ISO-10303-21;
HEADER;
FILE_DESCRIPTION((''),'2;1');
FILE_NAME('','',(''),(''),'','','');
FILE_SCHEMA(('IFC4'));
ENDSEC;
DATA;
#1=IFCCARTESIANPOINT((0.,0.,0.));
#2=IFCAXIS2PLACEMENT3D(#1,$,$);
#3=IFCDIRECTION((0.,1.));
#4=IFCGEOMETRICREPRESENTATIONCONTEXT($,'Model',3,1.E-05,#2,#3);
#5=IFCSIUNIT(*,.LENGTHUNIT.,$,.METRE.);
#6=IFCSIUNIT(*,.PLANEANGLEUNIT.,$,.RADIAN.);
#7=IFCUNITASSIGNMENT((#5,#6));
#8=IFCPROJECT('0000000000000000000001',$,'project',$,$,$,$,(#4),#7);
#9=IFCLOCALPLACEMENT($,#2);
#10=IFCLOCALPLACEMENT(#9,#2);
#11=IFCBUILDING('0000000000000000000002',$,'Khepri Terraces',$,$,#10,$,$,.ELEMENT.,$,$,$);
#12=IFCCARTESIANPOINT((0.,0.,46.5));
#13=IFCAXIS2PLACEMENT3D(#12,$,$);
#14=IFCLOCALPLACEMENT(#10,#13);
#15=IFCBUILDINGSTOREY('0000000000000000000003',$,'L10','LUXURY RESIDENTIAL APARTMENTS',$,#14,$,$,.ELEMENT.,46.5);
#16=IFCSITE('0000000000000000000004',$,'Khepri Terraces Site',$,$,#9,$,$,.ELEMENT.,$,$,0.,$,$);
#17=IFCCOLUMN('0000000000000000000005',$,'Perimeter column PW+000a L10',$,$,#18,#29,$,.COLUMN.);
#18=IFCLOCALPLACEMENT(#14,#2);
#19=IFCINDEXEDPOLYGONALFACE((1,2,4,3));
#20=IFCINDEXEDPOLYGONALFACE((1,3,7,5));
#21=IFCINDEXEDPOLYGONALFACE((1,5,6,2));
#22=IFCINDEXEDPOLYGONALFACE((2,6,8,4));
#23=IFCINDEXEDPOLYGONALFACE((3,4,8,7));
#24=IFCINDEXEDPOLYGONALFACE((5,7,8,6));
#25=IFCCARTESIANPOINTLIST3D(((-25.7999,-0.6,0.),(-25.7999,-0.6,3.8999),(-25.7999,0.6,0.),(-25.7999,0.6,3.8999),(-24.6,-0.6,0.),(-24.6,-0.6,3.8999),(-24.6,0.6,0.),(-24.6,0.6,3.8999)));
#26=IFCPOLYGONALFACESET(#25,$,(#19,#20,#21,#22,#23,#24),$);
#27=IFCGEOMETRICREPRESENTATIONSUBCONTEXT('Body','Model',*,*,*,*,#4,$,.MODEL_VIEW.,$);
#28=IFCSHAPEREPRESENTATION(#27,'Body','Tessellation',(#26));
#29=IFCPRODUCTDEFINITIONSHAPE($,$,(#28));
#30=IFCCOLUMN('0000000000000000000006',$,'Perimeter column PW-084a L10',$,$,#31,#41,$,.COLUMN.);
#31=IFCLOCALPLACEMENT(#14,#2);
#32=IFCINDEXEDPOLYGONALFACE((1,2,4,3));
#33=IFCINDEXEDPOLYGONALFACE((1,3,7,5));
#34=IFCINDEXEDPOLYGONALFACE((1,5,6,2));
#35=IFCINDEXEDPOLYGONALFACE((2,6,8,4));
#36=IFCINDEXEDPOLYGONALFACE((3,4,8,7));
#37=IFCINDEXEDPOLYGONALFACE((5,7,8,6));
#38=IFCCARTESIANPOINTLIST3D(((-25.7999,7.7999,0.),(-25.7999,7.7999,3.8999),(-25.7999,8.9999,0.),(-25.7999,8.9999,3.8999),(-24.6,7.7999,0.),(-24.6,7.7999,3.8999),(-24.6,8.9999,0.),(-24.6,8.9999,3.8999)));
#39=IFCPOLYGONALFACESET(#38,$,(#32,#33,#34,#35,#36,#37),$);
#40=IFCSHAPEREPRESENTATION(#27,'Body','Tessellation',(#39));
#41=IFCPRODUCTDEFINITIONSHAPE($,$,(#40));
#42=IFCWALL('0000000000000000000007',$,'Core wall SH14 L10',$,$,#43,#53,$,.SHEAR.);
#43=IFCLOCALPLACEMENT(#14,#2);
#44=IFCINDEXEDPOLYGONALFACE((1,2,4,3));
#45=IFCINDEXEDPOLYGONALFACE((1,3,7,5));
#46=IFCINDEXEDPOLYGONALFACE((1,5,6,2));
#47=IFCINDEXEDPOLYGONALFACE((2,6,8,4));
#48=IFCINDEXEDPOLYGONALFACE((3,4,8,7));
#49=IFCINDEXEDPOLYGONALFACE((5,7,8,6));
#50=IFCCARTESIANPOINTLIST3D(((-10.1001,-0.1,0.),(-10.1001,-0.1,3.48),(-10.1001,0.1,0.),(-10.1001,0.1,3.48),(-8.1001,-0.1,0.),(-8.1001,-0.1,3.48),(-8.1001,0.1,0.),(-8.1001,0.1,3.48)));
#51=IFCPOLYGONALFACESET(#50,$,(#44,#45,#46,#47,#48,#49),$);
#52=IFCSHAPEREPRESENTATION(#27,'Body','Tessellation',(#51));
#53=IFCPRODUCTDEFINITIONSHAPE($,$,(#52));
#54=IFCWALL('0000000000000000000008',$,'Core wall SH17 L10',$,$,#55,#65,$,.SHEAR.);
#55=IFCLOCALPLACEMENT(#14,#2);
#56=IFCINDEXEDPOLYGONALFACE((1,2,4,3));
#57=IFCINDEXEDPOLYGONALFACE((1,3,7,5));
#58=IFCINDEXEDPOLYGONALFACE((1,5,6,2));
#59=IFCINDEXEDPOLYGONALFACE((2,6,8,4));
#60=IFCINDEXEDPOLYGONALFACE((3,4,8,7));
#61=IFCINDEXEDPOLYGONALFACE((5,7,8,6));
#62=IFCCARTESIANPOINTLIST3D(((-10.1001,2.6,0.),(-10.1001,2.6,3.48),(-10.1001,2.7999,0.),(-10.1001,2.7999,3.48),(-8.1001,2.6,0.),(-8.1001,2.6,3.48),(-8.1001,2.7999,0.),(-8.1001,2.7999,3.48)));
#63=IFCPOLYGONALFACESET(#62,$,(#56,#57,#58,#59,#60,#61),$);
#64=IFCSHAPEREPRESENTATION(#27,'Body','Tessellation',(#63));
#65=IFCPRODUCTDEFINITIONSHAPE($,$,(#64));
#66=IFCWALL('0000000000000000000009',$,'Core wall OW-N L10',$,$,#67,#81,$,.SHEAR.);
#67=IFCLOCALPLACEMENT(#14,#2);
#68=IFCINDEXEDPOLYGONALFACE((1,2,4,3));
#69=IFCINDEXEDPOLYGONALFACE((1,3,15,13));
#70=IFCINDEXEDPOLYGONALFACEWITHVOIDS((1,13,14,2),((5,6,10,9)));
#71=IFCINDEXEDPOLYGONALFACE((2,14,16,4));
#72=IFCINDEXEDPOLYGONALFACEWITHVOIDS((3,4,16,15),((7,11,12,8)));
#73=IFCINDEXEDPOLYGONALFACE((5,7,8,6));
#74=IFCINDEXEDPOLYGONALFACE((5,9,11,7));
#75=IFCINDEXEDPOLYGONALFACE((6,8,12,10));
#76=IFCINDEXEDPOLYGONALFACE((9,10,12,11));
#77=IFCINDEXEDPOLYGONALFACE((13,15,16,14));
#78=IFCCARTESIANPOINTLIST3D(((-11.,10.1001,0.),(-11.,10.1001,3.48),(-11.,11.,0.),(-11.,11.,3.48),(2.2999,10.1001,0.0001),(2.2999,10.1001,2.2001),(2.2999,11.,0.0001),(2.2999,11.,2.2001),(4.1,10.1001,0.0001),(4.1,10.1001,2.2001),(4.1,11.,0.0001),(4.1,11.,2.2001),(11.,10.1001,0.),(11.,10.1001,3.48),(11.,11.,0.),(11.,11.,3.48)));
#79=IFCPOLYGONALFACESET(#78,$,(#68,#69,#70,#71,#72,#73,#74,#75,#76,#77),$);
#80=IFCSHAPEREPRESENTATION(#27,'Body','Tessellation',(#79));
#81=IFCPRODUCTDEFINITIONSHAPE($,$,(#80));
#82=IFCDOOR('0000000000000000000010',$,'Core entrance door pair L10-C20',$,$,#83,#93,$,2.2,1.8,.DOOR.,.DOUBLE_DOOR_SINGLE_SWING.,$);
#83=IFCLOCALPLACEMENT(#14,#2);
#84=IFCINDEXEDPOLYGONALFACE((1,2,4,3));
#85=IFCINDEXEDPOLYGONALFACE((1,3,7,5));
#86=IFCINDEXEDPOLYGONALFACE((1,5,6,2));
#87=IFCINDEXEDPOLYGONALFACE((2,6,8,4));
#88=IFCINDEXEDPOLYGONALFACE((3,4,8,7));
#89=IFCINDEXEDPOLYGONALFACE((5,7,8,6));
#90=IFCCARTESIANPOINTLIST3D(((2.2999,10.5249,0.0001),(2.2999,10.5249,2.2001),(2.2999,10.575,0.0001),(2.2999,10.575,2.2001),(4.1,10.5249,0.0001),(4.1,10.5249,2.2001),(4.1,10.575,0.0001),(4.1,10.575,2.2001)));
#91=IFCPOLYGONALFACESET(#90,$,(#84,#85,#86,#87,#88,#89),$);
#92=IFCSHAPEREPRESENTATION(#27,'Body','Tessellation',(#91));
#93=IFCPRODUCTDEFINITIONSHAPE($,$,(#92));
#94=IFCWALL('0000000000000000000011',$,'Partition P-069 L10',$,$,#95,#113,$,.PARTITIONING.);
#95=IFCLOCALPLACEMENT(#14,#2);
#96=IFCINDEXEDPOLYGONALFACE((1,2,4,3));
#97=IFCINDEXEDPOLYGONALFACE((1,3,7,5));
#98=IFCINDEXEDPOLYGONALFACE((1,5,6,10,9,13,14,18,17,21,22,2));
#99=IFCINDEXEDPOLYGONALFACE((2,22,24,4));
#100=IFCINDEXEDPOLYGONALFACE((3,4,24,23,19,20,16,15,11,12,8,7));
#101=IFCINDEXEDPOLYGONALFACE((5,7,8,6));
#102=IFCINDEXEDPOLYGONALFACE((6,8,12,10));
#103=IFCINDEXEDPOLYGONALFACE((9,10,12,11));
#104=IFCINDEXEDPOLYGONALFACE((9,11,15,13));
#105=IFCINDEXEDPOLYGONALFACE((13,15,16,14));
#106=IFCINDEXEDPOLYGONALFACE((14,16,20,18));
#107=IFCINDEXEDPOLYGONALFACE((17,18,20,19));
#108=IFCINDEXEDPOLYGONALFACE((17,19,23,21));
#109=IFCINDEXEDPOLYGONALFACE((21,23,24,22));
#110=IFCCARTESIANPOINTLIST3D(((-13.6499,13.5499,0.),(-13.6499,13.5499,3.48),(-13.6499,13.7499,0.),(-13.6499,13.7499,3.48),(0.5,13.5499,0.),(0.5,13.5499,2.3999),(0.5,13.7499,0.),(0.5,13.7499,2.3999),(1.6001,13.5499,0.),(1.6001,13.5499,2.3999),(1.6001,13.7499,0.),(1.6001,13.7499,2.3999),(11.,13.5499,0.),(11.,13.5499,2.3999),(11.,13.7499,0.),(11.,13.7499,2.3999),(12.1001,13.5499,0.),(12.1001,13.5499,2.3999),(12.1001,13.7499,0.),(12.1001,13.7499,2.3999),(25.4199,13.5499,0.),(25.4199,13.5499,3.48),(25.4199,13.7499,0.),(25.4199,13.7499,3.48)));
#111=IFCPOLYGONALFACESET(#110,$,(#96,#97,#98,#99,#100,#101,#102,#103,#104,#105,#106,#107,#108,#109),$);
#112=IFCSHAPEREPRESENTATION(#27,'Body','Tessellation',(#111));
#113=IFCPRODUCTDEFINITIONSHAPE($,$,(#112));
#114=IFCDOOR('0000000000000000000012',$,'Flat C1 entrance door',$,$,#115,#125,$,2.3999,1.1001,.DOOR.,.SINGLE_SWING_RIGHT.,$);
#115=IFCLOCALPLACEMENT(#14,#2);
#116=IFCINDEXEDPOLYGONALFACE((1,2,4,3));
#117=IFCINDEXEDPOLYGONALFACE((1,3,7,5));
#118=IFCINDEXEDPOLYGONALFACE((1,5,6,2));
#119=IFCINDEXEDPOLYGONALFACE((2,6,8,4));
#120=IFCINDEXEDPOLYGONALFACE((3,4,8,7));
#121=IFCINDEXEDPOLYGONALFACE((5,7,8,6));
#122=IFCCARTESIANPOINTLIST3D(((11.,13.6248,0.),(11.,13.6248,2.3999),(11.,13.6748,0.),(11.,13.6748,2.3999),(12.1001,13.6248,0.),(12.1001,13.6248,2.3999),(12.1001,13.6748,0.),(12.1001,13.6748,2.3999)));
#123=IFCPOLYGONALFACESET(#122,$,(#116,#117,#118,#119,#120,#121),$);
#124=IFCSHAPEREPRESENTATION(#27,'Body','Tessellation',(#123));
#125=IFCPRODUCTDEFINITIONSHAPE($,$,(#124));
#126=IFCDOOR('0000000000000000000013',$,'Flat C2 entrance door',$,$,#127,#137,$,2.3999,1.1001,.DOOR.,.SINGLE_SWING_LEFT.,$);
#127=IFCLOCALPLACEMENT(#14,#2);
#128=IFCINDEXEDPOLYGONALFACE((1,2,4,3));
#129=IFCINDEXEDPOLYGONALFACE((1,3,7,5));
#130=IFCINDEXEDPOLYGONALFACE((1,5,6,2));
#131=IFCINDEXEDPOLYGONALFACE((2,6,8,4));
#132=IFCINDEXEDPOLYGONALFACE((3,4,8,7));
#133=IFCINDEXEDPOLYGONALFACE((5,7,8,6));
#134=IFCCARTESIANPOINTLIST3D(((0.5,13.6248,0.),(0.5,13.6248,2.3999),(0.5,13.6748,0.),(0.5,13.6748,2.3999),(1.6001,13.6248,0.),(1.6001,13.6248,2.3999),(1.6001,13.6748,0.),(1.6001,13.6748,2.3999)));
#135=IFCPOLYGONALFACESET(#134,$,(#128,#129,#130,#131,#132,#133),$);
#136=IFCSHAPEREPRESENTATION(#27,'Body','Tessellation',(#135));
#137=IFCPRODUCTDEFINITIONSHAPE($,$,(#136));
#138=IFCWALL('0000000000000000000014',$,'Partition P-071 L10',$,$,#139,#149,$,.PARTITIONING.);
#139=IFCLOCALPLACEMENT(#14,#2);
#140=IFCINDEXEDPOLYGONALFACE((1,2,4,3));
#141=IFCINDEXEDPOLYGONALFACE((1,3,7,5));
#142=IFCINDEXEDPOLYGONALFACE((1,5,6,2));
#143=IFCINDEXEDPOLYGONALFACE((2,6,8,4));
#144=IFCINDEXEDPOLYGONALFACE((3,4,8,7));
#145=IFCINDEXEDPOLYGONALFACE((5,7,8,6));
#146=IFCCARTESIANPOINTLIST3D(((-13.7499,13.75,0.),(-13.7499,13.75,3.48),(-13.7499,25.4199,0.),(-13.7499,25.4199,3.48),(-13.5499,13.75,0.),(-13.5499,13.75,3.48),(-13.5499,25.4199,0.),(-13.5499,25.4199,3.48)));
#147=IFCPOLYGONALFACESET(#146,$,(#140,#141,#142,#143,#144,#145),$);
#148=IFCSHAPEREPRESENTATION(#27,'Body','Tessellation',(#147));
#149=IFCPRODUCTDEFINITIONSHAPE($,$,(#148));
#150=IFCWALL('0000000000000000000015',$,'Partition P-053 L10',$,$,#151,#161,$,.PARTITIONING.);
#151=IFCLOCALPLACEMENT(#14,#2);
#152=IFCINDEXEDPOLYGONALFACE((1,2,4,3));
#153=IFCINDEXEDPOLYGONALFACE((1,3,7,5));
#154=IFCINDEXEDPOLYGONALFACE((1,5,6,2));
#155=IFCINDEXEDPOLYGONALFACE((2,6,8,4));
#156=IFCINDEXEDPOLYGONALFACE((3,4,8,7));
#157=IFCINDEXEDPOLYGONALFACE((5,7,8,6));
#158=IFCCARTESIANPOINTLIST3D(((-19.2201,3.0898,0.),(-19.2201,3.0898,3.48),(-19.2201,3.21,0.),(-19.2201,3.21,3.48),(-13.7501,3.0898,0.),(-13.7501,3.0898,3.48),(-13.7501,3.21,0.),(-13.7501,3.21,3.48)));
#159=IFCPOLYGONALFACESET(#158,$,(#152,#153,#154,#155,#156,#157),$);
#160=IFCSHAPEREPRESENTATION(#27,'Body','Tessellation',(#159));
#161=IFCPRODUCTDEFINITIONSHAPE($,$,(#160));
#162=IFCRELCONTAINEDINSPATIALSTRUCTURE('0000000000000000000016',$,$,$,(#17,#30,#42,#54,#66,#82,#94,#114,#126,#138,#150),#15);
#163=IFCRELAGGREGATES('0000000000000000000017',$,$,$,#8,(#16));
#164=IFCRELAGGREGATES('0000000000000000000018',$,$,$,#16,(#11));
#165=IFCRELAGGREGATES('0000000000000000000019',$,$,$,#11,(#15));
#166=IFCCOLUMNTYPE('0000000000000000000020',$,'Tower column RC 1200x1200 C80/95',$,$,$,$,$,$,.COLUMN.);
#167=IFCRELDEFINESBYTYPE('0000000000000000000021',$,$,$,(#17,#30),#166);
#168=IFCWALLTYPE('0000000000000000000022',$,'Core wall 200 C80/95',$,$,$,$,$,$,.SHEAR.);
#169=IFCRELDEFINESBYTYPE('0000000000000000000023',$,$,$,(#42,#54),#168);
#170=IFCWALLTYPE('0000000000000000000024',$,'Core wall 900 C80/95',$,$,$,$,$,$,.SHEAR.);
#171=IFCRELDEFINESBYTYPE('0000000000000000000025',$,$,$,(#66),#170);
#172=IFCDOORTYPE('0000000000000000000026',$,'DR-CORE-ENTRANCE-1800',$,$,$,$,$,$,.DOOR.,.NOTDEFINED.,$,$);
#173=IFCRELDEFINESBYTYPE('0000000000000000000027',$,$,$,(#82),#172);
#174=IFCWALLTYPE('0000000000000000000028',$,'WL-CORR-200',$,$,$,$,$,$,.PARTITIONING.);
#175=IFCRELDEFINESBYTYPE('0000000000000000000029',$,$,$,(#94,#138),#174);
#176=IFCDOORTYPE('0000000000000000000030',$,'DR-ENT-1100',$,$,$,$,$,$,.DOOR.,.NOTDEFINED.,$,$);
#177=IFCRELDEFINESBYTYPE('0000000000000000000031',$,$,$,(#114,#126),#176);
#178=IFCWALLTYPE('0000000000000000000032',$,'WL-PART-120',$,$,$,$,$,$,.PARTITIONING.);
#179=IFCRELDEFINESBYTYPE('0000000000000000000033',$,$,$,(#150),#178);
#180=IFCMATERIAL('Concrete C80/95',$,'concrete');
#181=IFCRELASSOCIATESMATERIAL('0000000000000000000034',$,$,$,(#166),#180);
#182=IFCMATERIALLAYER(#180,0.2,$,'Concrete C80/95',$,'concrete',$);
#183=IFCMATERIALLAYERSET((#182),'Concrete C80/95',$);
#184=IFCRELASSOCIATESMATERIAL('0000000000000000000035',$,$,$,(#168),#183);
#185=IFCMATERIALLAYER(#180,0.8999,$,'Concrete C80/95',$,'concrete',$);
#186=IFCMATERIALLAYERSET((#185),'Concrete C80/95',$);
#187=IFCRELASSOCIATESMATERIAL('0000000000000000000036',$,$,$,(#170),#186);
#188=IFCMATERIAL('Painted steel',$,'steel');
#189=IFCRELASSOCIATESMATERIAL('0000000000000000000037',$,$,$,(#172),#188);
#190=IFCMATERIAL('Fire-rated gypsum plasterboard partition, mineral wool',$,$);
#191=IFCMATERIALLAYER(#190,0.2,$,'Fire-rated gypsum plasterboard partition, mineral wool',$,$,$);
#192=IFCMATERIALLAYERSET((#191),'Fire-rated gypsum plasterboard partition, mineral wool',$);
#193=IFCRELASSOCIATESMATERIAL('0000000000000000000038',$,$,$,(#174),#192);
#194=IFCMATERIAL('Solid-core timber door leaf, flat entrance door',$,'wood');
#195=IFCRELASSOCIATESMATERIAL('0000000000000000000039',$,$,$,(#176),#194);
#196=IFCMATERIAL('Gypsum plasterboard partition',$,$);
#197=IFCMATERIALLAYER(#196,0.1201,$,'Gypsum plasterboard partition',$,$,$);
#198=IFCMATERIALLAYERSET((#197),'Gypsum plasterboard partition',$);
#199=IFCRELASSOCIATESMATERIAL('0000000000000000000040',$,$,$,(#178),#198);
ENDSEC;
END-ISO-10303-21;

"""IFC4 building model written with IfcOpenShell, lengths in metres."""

from ifc_helpers import new_model, si_unit, direction, frame, frame_2d, origin, origin_2d, place, context, subcontext, project, spatial, rectangle, extrude, material, layer, layer_set, material_profile, profile_set, type_object, element, fill, save


model = new_model("IFC4")

# Units and contexts
model_context = context("Model", 3, precision=1e-05, world=origin(), true_north=direction((0.0, 1.0)))
body_context = subcontext(model_context, "Body", "Model", "MODEL_VIEW")
ifc_project = project(units=[si_unit("LENGTHUNIT", "METRE"), si_unit("PLANEANGLEUNIT", "RADIAN")], contexts=[model_context])

# Site, building, storey
site_placement = place(None, origin())
site = spatial("IfcSite", under=ifc_project, at=site_placement, Name="Khepri Terraces Site", CompositionType="ELEMENT", RefElevation=0.0)
building_placement = place(site_placement, origin())
building = spatial("IfcBuilding", under=site, at=building_placement, Name="Khepri Terraces", CompositionType="ELEMENT")
storey_placement = place(building_placement, frame((0.0, 0.0, 46.5)))
storey = spatial("IfcBuildingStorey", under=building, at=storey_placement, Name="L10", Description="LUXURY RESIDENTIAL APARTMENTS", CompositionType="ELEMENT", Elevation=46.5)

# Columns
ifc_material_1 = material(Name="Concrete C80/95", Category="concrete")
ifc_material_profile = material_profile(ifc_material_1, rectangle(XDim=1.2, YDim=1.2, at=origin_2d()), Name="Concrete C80/95", Category="concrete")
ifc_profile_set = profile_set([ifc_material_profile], Name="Concrete C80/95")
column_type = type_object("IfcColumnType", Name="Tower column RC 1200x1200 C80/95", PredefinedType="COLUMN", material=ifc_profile_set)
for number, where, z_axis, x_axis, name in (
    (1, (-25.2, 0.0, 0.0), (0.0, 0.0, 1.0), (1.0, 0.0, 0.0), "Perimeter column PW+000a L10"),
    (2, (-25.2, 8.3999, 0.0), (0.0, 0.0, 1.0), (1.0, 0.0, 0.0), "Perimeter column PW-084a L10"),
):
    element("IfcColumn", number, at=place(storey_placement, frame(where, z_axis=z_axis, x_axis=x_axis)), inside=storey, type_object=column_type, Name=name, PredefinedType="COLUMN", context=body_context, shape_type="SweptSolid", body=[
        extrude(rectangle(XDim=1.2, YDim=1.2, at=origin_2d()), origin(), (0.0, 0.0, 1.0), 3.8999),
    ])

# Walls
ifc_layer_1 = layer(ifc_material_1, 0.2, Name="Concrete C80/95", Category="concrete")
ifc_layer_set_1 = layer_set([ifc_layer_1], Name="Concrete C80/95")
wall_type_1 = type_object("IfcWallType", Name="Core wall 200 C80/95", PredefinedType="SHEAR", material=ifc_layer_set_1)
for number, where, z_axis, x_axis, name in (
    (3, (-10.1001, 0.0, 0.0), (0.0, 0.0, 1.0), (1.0, 0.0, 0.0), "Core wall SH14 L10"),
    (4, (-10.1001, 2.7, 0.0), (0.0, 0.0, 1.0), (1.0, 0.0, 0.0), "Core wall SH17 L10"),
):
    element("IfcWall", number, at=place(storey_placement, frame(where, z_axis=z_axis, x_axis=x_axis)), inside=storey, type_object=wall_type_1, Name=name, PredefinedType="SHEAR", context=body_context, shape_type="SweptSolid", body=[
        extrude(rectangle(XDim=2.0, YDim=0.2, at=frame_2d((1.0, 0.0))), origin(), (0.0, 0.0, 1.0), 3.48),
    ])

# Wall, opening, door
ifc_layer_2 = layer(ifc_material_1, 0.8999, Name="Concrete C80/95", Category="concrete")
ifc_layer_set_2 = layer_set([ifc_layer_2], Name="Concrete C80/95")
wall_type_2 = type_object("IfcWallType", Name="Core wall 900 C80/95", PredefinedType="SHEAR", material=ifc_layer_set_2)
wall_1_placement = place(storey_placement, frame((-11.0, 10.55, 0.0), z_axis=(0.0, 0.0, 1.0), x_axis=(1.0, 0.0, 0.0)))
wall_1 = element("IfcWall", 5, at=wall_1_placement, inside=storey, type_object=wall_type_2, Name="Core wall OW-N L10", PredefinedType="SHEAR", context=body_context, shape_type="SweptSolid", body=[
    extrude(rectangle(XDim=22.0, YDim=0.8999, at=frame_2d((11.0, 0.0))), origin(), (0.0, 0.0, 1.0), 3.48),
])
opening_1_placement = place(wall_1_placement, frame((13.3, 0.0, 0.0)))
opening_1 = element("IfcOpeningElement", 6, at=opening_1_placement, cuts=wall_1, PredefinedType="OPENING", context=body_context, shape_type="SweptSolid", body=[
    extrude(rectangle(XDim=1.8, YDim=2.2, at=frame_2d((0.8999, 1.1001))), frame((0.0, 0.46, 0.0), z_axis=(0.0, -1.0, 0.0), x_axis=(1.0, 0.0, 0.0)), (0.0, 0.0, 1.0), 0.9199),
])
ifc_material_2 = material(Name="Painted steel", Category="steel")
door_type_1 = type_object("IfcDoorType", Name="DR-CORE-ENTRANCE-1800", OperationType="NOTDEFINED", PredefinedType="DOOR", material=ifc_material_2)
door_1_placement = place(opening_1_placement, origin())
door_1 = element("IfcDoor", 7, at=door_1_placement, inside=storey, type_object=door_type_1, Name="Core entrance door pair L10-C20", OperationType="DOUBLE_DOOR_SINGLE_SWING", OverallHeight=2.2, OverallWidth=1.8, PredefinedType="DOOR", context=body_context, shape_type="SweptSolid", body=[
    extrude(rectangle(XDim=1.8, YDim=2.2, at=frame_2d((0.8999, 1.1001))), frame((0.0, 0.0249, 0.0), z_axis=(0.0, -1.0, 0.0), x_axis=(1.0, 0.0, 0.0)), (0.0, 0.0, 1.0), 0.05),
])
fill(opening_1, door_1)

# Wall, openings, doors
ifc_material_3 = material(Name="Fire-rated gypsum plasterboard partition, mineral wool")
ifc_layer_3 = layer(ifc_material_3, 0.2, Name="Fire-rated gypsum plasterboard partition, mineral wool")
ifc_layer_set_3 = layer_set([ifc_layer_3], Name="Fire-rated gypsum plasterboard partition, mineral wool")
wall_type_3 = type_object("IfcWallType", Name="WL-CORR-200", PredefinedType="PARTITIONING", material=ifc_layer_set_3)
wall_2_placement = place(storey_placement, frame((-13.6499, 13.6499, 0.0), z_axis=(0.0, 0.0, 1.0), x_axis=(1.0, 0.0, 0.0)))
wall_2 = element("IfcWall", 8, at=wall_2_placement, inside=storey, type_object=wall_type_3, Name="Partition P-069 L10", PredefinedType="PARTITIONING", context=body_context, shape_type="SweptSolid", body=[
    extrude(rectangle(XDim=39.0698, YDim=0.2, at=frame_2d((19.5349, 0.0))), origin(), (0.0, 0.0, 1.0), 3.48),
])
opening_2_placement = place(wall_2_placement, frame((24.6499, 0.0, 0.0)))
opening_2 = element("IfcOpeningElement", 9, at=opening_2_placement, cuts=wall_2, PredefinedType="OPENING", context=body_context, shape_type="SweptSolid", body=[
    extrude(rectangle(XDim=1.1001, YDim=2.3999, at=frame_2d((0.55, 1.2))), frame((0.0, 0.1099, 0.0), z_axis=(0.0, -1.0, 0.0), x_axis=(1.0, 0.0, 0.0)), (0.0, 0.0, 1.0), 0.22),
])
opening_3_placement = place(wall_2_placement, frame((14.1499, 0.0, 0.0)))
opening_3 = element("IfcOpeningElement", 10, at=opening_3_placement, cuts=wall_2, PredefinedType="OPENING", context=body_context, shape_type="SweptSolid", body=[
    extrude(rectangle(XDim=1.1001, YDim=2.3999, at=frame_2d((0.55, 1.2))), frame((0.0, 0.1099, 0.0), z_axis=(0.0, -1.0, 0.0), x_axis=(1.0, 0.0, 0.0)), (0.0, 0.0, 1.0), 0.22),
])
ifc_material_4 = material(Name="Solid-core timber door leaf, flat entrance door", Category="wood")
door_type_2 = type_object("IfcDoorType", Name="DR-ENT-1100", OperationType="NOTDEFINED", PredefinedType="DOOR", material=ifc_material_4)
door_2_placement = place(opening_2_placement, origin())
door_2 = element("IfcDoor", 11, at=door_2_placement, inside=storey, type_object=door_type_2, Name="Flat C1 entrance door", OperationType="SINGLE_SWING_RIGHT", OverallHeight=2.3999, OverallWidth=1.1001, PredefinedType="DOOR", context=body_context, shape_type="SweptSolid", body=[
    extrude(rectangle(XDim=1.1001, YDim=2.3999, at=frame_2d((0.55, 1.2))), frame((0.0, 0.0249, 0.0), z_axis=(0.0, -1.0, 0.0), x_axis=(1.0, 0.0, 0.0)), (0.0, 0.0, 1.0), 0.05),
])
fill(opening_2, door_2)
door_3_placement = place(opening_3_placement, origin())
door_3 = element("IfcDoor", 12, at=door_3_placement, inside=storey, type_object=door_type_2, Name="Flat C2 entrance door", OperationType="SINGLE_SWING_LEFT", OverallHeight=2.3999, OverallWidth=1.1001, PredefinedType="DOOR", context=body_context, shape_type="SweptSolid", body=[
    extrude(rectangle(XDim=1.1001, YDim=2.3999, at=frame_2d((0.55, 1.2))), frame((0.0, 0.0249, 0.0), z_axis=(0.0, -1.0, 0.0), x_axis=(1.0, 0.0, 0.0)), (0.0, 0.0, 1.0), 0.05),
])
fill(opening_3, door_3)

# Wall
wall_3_placement = place(storey_placement, frame((-13.6499, 13.75, 0.0), z_axis=(0.0, 0.0, 1.0), x_axis=(0.0, 1.0, 0.0)))
element("IfcWall", 13, at=wall_3_placement, inside=storey, type_object=wall_type_3, Name="Partition P-071 L10", PredefinedType="PARTITIONING", context=body_context, shape_type="SweptSolid", body=[
    extrude(rectangle(XDim=11.6699, YDim=0.2, at=frame_2d((5.835, 0.0))), origin(), (0.0, 0.0, 1.0), 3.48),
])

# Wall
ifc_material_5 = material(Name="Gypsum plasterboard partition")
ifc_layer_4 = layer(ifc_material_5, 0.1201, Name="Gypsum plasterboard partition")
ifc_layer_set_4 = layer_set([ifc_layer_4], Name="Gypsum plasterboard partition")
wall_type_4 = type_object("IfcWallType", Name="WL-PART-120", PredefinedType="PARTITIONING", material=ifc_layer_set_4)
wall_4_placement = place(storey_placement, frame((-19.22, 3.1499, 0.0), z_axis=(0.0, 0.0, 1.0), x_axis=(1.0, 0.0, 0.0)))
element("IfcWall", 14, at=wall_4_placement, inside=storey, type_object=wall_type_4, Name="Partition P-053 L10", PredefinedType="PARTITIONING", context=body_context, shape_type="SweptSolid", body=[
    extrude(rectangle(XDim=5.47, YDim=0.1201, at=frame_2d((2.7349, 0.0))), origin(), (0.0, 0.0, 1.0), 3.48),
])

save(model, "model.ifc")
